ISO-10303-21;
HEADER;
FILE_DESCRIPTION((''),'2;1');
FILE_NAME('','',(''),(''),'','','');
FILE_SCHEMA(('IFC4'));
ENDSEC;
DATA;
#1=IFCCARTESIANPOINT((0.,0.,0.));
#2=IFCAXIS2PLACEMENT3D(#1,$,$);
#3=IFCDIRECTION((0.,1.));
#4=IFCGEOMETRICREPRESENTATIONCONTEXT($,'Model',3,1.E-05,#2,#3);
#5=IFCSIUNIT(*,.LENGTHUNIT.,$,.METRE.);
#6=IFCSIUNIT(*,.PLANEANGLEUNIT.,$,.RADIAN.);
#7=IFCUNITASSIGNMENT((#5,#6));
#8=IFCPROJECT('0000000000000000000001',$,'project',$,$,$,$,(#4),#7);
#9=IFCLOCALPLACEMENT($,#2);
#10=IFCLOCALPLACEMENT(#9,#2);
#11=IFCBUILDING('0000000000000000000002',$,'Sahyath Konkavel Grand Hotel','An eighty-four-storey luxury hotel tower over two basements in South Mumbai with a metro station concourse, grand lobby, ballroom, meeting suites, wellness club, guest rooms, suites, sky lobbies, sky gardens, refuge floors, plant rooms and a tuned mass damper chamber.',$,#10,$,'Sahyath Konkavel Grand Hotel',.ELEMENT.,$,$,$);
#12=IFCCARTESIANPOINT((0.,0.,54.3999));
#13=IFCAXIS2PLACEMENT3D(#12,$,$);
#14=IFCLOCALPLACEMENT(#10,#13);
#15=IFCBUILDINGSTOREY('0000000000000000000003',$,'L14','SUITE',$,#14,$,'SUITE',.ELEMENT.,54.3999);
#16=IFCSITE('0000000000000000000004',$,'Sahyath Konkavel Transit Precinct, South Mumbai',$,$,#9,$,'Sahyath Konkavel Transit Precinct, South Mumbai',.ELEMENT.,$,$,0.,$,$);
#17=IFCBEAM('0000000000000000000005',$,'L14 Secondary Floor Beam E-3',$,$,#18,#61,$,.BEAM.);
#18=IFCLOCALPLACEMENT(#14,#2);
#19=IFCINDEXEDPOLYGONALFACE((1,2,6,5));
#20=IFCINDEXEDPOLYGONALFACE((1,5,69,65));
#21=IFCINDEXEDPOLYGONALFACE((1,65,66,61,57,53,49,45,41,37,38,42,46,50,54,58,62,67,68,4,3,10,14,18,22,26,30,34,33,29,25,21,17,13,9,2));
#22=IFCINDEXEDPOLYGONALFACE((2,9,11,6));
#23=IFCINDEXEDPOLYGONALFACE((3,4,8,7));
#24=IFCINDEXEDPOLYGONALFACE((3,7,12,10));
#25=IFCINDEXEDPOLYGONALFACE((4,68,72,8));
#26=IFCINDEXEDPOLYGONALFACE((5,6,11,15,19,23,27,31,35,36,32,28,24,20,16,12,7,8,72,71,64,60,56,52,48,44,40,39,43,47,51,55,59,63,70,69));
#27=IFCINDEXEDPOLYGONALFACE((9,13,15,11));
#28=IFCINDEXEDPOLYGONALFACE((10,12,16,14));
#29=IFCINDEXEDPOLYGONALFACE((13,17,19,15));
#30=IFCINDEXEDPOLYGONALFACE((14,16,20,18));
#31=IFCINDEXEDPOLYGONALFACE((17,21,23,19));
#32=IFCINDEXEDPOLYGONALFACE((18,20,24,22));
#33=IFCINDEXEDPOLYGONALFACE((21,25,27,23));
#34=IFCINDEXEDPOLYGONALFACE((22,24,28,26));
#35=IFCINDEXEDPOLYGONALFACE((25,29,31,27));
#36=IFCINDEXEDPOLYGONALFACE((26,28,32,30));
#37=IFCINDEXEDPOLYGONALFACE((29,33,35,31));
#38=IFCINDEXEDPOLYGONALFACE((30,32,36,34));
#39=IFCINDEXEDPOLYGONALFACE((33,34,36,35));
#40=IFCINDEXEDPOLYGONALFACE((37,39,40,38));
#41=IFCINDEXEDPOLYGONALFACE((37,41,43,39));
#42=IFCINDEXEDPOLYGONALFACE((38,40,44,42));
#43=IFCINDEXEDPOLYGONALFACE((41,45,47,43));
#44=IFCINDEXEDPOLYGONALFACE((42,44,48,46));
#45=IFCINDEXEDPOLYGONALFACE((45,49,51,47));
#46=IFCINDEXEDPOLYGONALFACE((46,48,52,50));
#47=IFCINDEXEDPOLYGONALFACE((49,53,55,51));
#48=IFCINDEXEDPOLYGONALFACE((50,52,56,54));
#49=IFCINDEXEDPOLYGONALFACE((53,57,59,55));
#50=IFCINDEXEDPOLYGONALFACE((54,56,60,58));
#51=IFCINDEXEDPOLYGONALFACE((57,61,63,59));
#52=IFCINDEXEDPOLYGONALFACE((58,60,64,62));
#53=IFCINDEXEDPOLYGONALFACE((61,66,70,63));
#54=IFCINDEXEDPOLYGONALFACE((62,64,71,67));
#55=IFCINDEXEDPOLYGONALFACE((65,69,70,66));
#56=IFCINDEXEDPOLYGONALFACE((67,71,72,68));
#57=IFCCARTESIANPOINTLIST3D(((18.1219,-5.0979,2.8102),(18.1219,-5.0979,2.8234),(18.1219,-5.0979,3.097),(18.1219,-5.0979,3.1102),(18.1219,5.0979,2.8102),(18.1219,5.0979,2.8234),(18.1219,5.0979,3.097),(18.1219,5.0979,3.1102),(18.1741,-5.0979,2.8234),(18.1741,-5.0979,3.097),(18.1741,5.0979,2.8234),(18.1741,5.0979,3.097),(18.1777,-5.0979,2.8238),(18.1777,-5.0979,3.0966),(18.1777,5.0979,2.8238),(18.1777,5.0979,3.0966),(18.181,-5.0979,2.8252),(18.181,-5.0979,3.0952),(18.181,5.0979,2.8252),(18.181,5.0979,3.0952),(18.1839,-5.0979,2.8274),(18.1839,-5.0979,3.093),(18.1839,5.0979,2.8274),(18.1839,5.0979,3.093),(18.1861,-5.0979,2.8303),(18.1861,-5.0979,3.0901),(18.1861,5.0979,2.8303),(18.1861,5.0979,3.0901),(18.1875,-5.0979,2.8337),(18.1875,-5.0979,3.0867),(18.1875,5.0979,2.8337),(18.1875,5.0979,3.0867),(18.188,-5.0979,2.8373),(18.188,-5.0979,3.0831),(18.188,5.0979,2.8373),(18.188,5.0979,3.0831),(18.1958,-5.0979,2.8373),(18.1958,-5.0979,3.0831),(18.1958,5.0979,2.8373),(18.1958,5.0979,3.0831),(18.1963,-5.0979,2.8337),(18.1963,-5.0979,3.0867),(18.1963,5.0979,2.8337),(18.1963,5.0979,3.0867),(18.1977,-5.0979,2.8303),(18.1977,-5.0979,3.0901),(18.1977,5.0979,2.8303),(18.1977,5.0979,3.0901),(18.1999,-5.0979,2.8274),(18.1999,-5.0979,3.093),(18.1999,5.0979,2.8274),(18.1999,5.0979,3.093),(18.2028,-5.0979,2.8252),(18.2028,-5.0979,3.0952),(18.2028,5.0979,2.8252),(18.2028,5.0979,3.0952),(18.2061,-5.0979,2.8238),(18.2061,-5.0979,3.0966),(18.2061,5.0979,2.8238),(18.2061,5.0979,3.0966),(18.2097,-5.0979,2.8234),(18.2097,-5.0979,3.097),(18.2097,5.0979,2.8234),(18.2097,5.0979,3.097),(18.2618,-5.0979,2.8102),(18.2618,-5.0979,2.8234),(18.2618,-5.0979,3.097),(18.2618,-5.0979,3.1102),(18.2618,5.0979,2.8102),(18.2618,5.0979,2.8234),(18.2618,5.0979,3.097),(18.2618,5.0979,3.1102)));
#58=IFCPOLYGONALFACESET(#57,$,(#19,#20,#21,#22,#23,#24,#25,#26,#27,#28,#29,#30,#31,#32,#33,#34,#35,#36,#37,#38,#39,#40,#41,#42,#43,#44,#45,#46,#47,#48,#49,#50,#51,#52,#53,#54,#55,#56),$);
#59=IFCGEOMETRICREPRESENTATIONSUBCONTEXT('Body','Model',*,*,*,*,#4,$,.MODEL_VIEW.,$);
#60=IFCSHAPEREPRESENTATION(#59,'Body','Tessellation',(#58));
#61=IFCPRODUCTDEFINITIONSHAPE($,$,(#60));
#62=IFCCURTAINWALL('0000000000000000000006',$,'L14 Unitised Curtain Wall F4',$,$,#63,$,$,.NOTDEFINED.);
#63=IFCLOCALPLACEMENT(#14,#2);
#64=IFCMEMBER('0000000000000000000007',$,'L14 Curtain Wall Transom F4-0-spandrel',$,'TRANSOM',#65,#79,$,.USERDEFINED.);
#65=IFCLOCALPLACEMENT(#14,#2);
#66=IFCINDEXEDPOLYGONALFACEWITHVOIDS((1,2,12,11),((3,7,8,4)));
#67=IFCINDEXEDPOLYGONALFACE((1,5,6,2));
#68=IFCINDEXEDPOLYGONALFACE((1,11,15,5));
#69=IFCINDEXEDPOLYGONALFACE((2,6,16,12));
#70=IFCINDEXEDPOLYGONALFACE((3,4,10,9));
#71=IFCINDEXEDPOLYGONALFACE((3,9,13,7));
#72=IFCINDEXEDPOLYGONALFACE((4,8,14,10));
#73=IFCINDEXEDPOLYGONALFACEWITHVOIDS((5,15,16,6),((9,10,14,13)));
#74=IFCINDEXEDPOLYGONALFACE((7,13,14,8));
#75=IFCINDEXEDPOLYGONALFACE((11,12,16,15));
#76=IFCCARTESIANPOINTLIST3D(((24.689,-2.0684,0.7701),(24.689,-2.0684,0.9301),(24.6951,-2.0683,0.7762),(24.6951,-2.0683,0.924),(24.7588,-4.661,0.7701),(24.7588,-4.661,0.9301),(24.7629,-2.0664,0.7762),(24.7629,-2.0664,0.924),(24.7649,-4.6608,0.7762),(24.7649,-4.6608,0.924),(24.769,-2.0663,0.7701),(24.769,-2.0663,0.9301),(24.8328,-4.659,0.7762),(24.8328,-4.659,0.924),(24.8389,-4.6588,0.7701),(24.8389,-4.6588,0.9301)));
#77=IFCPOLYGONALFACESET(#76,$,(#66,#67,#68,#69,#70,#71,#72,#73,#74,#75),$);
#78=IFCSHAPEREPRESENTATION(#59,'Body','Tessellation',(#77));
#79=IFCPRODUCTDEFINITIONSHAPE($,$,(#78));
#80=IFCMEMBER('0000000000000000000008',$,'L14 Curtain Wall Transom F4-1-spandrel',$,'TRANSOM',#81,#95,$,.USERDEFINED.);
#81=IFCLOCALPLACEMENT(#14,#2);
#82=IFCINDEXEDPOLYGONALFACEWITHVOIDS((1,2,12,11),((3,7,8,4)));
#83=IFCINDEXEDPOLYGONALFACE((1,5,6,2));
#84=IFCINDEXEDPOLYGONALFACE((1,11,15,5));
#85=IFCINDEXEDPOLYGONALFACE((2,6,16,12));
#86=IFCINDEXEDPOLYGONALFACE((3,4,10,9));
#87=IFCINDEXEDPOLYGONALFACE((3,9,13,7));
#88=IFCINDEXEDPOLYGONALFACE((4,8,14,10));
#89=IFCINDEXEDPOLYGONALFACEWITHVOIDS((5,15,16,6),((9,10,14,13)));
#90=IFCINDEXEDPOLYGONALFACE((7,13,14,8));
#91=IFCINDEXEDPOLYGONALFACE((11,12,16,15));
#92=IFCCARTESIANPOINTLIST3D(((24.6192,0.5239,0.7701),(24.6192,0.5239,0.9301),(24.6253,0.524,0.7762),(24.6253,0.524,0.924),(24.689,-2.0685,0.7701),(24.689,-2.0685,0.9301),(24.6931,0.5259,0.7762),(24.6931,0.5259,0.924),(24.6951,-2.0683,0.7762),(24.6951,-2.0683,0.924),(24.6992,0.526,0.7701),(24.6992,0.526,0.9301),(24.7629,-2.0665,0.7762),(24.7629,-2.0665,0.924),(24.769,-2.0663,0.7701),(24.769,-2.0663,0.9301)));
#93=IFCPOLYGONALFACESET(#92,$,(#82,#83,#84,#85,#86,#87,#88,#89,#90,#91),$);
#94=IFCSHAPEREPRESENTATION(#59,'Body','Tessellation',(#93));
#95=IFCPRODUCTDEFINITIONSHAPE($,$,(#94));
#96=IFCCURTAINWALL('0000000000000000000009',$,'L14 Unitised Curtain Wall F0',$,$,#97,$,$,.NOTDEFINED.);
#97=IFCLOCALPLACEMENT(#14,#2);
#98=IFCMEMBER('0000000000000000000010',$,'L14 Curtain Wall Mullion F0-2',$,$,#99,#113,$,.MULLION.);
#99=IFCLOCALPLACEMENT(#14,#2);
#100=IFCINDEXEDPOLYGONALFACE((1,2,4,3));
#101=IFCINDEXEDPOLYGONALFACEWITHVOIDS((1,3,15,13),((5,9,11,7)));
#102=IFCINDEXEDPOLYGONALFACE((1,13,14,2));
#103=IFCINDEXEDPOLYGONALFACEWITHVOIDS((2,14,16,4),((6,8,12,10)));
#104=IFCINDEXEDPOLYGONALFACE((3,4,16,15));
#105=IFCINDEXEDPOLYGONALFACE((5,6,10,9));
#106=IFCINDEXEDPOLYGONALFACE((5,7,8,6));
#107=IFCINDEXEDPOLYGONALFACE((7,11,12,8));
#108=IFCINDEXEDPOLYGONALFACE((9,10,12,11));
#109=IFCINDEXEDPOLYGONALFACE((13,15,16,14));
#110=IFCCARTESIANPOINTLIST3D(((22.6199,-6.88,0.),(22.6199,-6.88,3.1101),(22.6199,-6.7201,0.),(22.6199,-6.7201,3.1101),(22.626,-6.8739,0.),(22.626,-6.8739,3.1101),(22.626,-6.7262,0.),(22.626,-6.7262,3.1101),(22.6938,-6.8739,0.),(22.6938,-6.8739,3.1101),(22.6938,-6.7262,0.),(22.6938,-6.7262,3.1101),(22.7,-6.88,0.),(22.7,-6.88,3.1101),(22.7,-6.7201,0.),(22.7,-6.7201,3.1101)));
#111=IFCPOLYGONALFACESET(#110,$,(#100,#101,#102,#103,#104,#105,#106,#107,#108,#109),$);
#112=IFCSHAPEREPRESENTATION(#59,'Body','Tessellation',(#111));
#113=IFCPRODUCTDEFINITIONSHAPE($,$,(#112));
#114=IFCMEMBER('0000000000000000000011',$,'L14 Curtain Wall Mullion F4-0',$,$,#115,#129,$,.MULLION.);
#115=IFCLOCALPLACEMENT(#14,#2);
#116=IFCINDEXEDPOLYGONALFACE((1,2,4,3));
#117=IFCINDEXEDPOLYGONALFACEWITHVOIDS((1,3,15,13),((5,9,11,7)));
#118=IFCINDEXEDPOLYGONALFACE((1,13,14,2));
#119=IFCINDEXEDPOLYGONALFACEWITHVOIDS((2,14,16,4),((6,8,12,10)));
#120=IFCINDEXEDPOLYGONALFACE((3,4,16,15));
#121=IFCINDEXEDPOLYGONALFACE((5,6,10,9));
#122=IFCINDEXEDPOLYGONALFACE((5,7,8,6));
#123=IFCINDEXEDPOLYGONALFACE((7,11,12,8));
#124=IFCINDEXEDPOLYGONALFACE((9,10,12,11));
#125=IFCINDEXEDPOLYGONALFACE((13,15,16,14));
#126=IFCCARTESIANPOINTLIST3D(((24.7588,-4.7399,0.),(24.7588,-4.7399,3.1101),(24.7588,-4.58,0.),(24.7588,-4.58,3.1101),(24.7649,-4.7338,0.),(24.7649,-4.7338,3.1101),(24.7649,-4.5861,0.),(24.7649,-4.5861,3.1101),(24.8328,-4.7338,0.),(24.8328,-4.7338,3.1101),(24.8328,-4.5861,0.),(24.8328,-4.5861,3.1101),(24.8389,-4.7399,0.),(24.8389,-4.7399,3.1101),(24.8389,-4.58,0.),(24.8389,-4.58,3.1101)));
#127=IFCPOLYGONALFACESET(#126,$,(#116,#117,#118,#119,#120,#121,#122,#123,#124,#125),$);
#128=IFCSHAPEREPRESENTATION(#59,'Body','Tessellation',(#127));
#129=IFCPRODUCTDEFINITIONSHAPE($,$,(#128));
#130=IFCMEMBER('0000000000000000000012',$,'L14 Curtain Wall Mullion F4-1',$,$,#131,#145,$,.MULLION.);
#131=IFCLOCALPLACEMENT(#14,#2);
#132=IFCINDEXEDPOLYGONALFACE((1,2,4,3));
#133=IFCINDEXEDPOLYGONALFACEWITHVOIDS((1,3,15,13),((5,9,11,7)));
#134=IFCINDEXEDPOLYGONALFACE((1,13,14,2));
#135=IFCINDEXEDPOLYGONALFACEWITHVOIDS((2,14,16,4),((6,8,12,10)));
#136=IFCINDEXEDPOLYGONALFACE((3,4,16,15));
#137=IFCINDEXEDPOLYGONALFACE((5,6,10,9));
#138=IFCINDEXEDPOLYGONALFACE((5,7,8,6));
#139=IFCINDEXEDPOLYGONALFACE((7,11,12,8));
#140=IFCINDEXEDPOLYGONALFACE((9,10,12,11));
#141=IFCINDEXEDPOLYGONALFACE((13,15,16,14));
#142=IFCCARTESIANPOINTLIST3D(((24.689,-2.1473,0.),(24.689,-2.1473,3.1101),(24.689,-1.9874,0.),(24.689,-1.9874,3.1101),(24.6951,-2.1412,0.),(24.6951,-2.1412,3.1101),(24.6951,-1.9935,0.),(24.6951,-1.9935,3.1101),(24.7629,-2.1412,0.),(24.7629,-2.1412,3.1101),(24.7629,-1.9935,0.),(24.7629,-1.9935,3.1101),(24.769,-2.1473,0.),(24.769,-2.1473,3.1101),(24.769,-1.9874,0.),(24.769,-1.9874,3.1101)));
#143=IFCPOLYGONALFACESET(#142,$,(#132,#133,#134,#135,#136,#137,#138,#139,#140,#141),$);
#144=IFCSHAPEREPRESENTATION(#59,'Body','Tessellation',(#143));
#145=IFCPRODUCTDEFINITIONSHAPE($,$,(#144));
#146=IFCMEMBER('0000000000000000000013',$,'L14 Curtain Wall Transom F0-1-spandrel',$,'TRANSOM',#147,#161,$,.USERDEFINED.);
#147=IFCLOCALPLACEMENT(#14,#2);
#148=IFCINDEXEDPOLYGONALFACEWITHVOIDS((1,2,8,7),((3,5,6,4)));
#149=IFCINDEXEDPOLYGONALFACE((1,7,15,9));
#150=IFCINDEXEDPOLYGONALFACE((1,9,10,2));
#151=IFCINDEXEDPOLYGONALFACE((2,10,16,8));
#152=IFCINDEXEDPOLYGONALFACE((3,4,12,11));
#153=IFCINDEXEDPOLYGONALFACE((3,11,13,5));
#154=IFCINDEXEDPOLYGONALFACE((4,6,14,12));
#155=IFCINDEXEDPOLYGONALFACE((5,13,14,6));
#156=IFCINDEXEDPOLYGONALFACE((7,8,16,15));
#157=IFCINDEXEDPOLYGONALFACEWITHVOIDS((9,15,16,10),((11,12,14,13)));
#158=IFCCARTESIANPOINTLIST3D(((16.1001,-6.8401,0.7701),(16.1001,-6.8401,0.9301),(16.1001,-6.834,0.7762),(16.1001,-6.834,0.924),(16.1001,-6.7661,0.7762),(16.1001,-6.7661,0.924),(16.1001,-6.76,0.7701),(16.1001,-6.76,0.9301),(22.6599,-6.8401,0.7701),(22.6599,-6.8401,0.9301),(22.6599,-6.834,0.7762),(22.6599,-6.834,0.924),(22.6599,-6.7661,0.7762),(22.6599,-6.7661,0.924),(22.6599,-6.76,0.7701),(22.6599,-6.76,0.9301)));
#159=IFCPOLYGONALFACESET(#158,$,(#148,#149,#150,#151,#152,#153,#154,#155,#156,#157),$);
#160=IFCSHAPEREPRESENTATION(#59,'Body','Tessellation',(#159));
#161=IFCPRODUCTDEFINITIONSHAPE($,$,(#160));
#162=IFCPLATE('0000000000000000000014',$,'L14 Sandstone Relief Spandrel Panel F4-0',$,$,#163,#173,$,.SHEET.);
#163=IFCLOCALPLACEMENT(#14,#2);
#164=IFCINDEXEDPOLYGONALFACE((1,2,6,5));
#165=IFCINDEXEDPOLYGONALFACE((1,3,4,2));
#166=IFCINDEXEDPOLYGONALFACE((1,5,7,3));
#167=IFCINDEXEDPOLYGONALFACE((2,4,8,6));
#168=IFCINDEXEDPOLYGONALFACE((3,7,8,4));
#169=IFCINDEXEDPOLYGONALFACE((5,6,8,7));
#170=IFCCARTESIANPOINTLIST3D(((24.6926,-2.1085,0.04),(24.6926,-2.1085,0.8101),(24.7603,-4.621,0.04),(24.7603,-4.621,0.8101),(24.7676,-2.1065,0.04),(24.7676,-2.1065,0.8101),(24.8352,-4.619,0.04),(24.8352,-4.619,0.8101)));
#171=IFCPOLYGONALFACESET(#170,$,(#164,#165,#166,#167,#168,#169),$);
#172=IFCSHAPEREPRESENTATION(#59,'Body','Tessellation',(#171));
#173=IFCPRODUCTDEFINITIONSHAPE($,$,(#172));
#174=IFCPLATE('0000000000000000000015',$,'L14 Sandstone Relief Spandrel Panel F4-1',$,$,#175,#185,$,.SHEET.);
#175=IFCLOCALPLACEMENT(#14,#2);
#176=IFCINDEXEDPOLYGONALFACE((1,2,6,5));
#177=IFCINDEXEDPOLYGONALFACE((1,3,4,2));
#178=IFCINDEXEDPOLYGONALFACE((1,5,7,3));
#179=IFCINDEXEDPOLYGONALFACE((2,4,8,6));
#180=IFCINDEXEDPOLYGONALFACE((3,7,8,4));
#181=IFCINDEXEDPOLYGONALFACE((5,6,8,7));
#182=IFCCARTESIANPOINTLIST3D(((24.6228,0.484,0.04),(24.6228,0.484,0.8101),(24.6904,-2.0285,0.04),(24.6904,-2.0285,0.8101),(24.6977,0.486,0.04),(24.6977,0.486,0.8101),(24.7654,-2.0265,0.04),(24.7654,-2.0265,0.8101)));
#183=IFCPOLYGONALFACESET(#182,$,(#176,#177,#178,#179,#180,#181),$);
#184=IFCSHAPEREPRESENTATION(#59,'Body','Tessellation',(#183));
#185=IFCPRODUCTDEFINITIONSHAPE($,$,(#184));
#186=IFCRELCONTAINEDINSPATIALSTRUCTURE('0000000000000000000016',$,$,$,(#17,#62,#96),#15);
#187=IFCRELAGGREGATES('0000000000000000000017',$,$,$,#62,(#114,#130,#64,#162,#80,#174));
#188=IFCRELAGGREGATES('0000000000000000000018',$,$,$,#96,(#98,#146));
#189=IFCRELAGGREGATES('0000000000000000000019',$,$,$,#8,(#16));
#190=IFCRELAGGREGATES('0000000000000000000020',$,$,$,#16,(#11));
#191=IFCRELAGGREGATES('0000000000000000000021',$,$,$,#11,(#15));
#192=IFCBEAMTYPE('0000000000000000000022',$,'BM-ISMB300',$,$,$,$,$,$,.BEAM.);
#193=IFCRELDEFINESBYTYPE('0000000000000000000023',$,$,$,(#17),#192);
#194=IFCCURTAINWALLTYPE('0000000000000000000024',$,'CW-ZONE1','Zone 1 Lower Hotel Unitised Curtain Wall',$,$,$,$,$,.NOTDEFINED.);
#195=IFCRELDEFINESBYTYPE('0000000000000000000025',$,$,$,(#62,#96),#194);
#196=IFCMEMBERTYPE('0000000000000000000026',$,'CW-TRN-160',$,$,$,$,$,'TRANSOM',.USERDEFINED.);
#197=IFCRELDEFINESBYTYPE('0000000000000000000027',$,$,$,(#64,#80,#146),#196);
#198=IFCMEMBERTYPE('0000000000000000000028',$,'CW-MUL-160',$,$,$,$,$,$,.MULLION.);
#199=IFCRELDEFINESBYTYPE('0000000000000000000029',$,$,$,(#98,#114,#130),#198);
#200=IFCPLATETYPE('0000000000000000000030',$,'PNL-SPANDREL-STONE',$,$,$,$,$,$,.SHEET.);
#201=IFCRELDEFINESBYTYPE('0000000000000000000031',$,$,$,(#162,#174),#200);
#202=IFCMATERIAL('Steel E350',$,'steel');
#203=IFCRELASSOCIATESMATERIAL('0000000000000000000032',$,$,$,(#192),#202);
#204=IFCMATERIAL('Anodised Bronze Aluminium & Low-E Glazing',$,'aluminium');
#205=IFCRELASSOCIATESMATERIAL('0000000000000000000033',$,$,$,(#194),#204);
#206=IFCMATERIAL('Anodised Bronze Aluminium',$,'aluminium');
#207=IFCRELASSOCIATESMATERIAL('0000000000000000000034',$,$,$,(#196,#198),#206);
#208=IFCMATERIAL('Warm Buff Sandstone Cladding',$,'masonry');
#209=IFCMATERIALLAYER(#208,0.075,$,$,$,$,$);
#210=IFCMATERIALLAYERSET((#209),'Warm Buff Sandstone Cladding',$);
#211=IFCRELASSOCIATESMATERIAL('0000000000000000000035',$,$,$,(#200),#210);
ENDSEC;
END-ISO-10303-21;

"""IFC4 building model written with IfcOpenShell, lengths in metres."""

from ifc_helpers import new_model, si_unit, direction, frame, origin, origin_2d, place, context, subcontext, project, spatial, rectangle, hollow_rectangle, i_section, extrude, source, transform, mapped, material, layer, layer_set, material_profile, profile_set, type_object, element, aggregate, save


model = new_model("IFC4")

# Units and contexts
model_context = context("Model", 3, precision=1e-05, world=origin(), true_north=direction((0.0, 1.0)))
body_context = subcontext(model_context, "Body", "Model", "MODEL_VIEW")
ifc_project = project(units=[si_unit("LENGTHUNIT", "METRE"), si_unit("PLANEANGLEUNIT", "RADIAN")], contexts=[model_context])

# Site, building, storey
site_placement = place(None, origin())
site = spatial("IfcSite", under=ifc_project, at=site_placement, Name="Sahyath Konkavel Transit Precinct, South Mumbai", LongName="Sahyath Konkavel Transit Precinct, South Mumbai", CompositionType="ELEMENT", RefElevation=0.0)
building_placement = place(site_placement, origin())
building = spatial("IfcBuilding", under=site, at=building_placement, Name="Sahyath Konkavel Grand Hotel", Description="An eighty-four-storey luxury hotel tower over two basements in South Mumbai with a metro station concourse, grand lobby, ballroom, meeting suites, wellness club, guest rooms, suites, sky lobbies, sky gardens, refuge floors, plant rooms and a tuned mass damper chamber.", LongName="Sahyath Konkavel Grand Hotel", CompositionType="ELEMENT")
storey_placement = place(building_placement, frame((0.0, 0.0, 54.3999)))
storey = spatial("IfcBuildingStorey", under=building, at=storey_placement, Name="L14", Description="SUITE", LongName="SUITE", CompositionType="ELEMENT", Elevation=54.3999)

# Beam
ifc_material_1 = material(Name="Steel E350", Category="steel")
ifc_material_profile_1 = material_profile(ifc_material_1, i_section(OverallWidth=0.1399, OverallDepth=0.3, WebThickness=0.0078, FlangeThickness=0.0132, FilletRadius=0.0139, at=origin_2d()), Name="ISMB 300")
ifc_profile_set_1 = profile_set([ifc_material_profile_1], Name="Steel E350")
beam_type_1 = type_object("IfcBeamType", Name="BM-ISMB300", PredefinedType="BEAM", material=ifc_profile_set_1)
shared_shape_1 = source(origin(), body_context, "Body", "SweptSolid", [
    extrude(i_section(OverallWidth=0.1399, OverallDepth=0.3, WebThickness=0.0078, FlangeThickness=0.0132, FilletRadius=0.0139, at=origin_2d()), origin(), (0.0, 0.0, 1.0), 10.1958),
])
beam_1_placement = place(storey_placement, frame((18.1919, -5.0979, 2.9602), z_axis=(0.0, 1.0, 0.0), x_axis=(-1.0, 0.0, 0.0)))
element("IfcBeam", 1, at=beam_1_placement, inside=storey, type_object=beam_type_1, Name="L14 Secondary Floor Beam E-3", PredefinedType="BEAM", context=body_context, shape_type="MappedRepresentation", body=[
    mapped(shared_shape_1, transform((0.0, 0.0, 0.0), scale=1.0)),
])

# Curtain wall, members
ifc_material_2 = material(Name="Anodised Bronze Aluminium & Low-E Glazing", Category="aluminium")
curtain_wall_type = type_object("IfcCurtainWallType", Name="CW-ZONE1", Description="Zone 1 Lower Hotel Unitised Curtain Wall", PredefinedType="NOTDEFINED", material=ifc_material_2)
curtain_wall_1_placement = place(storey_placement, origin())
curtain_wall_1 = element("IfcCurtainWall", 2, at=curtain_wall_1_placement, inside=storey, type_object=curtain_wall_type, Name="L14 Unitised Curtain Wall F4", PredefinedType="NOTDEFINED")
ifc_material_3 = material(Name="Anodised Bronze Aluminium", Category="aluminium")
ifc_material_profile_2 = material_profile(ifc_material_3, hollow_rectangle(XDim=0.0801, YDim=0.1599, WallThickness=0.0061, at=origin_2d()), Name="RHS 160x80x6")
ifc_profile_set_2 = profile_set([ifc_material_profile_2], Name="Anodised Bronze Aluminium")
member_type_1 = type_object("IfcMemberType", Name="CW-TRN-160", ElementType="TRANSOM", PredefinedType="USERDEFINED", material=ifc_profile_set_2)
shared_shape_2 = source(origin(), body_context, "Body", "SweptSolid", [
    extrude(hollow_rectangle(XDim=0.0801, YDim=0.1599, WallThickness=0.0061, at=origin_2d()), origin(), (0.0, 0.0, 1.0), 2.5935),
])
member_1_placement = place(storey_placement, frame((24.7988, -4.6599, 0.8501), z_axis=(-0.026923, 0.999638, 0.0), x_axis=(-0.999638, -0.026923, 0.0)))
member_1 = element("IfcMember", 3, at=member_1_placement, type_object=member_type_1, Name="L14 Curtain Wall Transom F4-0-spandrel", ObjectType="TRANSOM", PredefinedType="USERDEFINED", context=body_context, shape_type="MappedRepresentation", body=[
    mapped(shared_shape_2, transform((0.0, 0.0, 0.0), scale=1.0)),
])
shared_shape_3 = source(origin(), body_context, "Body", "SweptSolid", [
    extrude(hollow_rectangle(XDim=0.0801, YDim=0.1599, WallThickness=0.0061, at=origin_2d()), origin(), (0.0, 0.0, 1.0), 2.5933),
])
member_2_placement = place(storey_placement, frame((24.729, -2.0674, 0.8501), z_axis=(-0.026926, 0.999637, 0.0), x_axis=(-0.999637, -0.026926, 0.0)))
member_2 = element("IfcMember", 4, at=member_2_placement, type_object=member_type_1, Name="L14 Curtain Wall Transom F4-1-spandrel", ObjectType="TRANSOM", PredefinedType="USERDEFINED", context=body_context, shape_type="MappedRepresentation", body=[
    mapped(shared_shape_3, transform((0.0, 0.0, 0.0), scale=1.0)),
])

# Curtain wall, member
curtain_wall_2_placement = place(storey_placement, origin())
curtain_wall_2 = element("IfcCurtainWall", 5, at=curtain_wall_2_placement, inside=storey, type_object=curtain_wall_type, Name="L14 Unitised Curtain Wall F0", PredefinedType="NOTDEFINED")
ifc_material_profile_3 = material_profile(ifc_material_3, hollow_rectangle(XDim=0.0801, YDim=0.1599, WallThickness=0.0061, at=origin_2d()), Name="RHS 160x80x6")
ifc_profile_set_3 = profile_set([ifc_material_profile_3], Name="Anodised Bronze Aluminium")
member_type_2 = type_object("IfcMemberType", Name="CW-MUL-160", PredefinedType="MULLION", material=ifc_profile_set_3)
shared_shape_4 = source(origin(), body_context, "Body", "SweptSolid", [
    extrude(hollow_rectangle(XDim=0.0801, YDim=0.1599, WallThickness=0.0061, at=origin_2d()), origin(), (0.0, 0.0, 1.0), 3.1101),
])
member_3_placement = place(storey_placement, frame((22.6599, -6.8, 0.0), z_axis=(0.0, 0.0, 1.0), x_axis=(1.0, 0.0, 0.0)))
member_3 = element("IfcMember", 6, at=member_3_placement, type_object=member_type_2, Name="L14 Curtain Wall Mullion F0-2", PredefinedType="MULLION", context=body_context, shape_type="MappedRepresentation", body=[
    mapped(shared_shape_4, transform((0.0, 0.0, 0.0), scale=1.0)),
])

# Members
member_4_placement = place(storey_placement, frame((24.7988, -4.6599, 0.0), z_axis=(0.0, 0.0, 1.0), x_axis=(1.0, 0.0, 0.0)))
member_4 = element("IfcMember", 7, at=member_4_placement, type_object=member_type_2, Name="L14 Curtain Wall Mullion F4-0", PredefinedType="MULLION", context=body_context, shape_type="MappedRepresentation", body=[
    mapped(shared_shape_4, transform((0.0, 0.0, 0.0), scale=1.0)),
])
member_5_placement = place(storey_placement, frame((24.729, -2.0674, 0.0), z_axis=(0.0, 0.0, 1.0), x_axis=(1.0, 0.0, 0.0)))
member_5 = element("IfcMember", 8, at=member_5_placement, type_object=member_type_2, Name="L14 Curtain Wall Mullion F4-1", PredefinedType="MULLION", context=body_context, shape_type="MappedRepresentation", body=[
    mapped(shared_shape_4, transform((0.0, 0.0, 0.0), scale=1.0)),
])
shared_shape_5 = source(origin(), body_context, "Body", "SweptSolid", [
    extrude(hollow_rectangle(XDim=0.0801, YDim=0.1599, WallThickness=0.0061, at=origin_2d()), origin(), (0.0, 0.0, 1.0), 6.5598),
])
member_6_placement = place(storey_placement, frame((16.1001, -6.8, 0.8501), z_axis=(1.0, 0.0, 0.0), x_axis=(0.0, 1.0, 0.0)))
member_6 = element("IfcMember", 9, at=member_6_placement, type_object=member_type_1, Name="L14 Curtain Wall Transom F0-1-spandrel", ObjectType="TRANSOM", PredefinedType="USERDEFINED", context=body_context, shape_type="MappedRepresentation", body=[
    mapped(shared_shape_5, transform((0.0, 0.0, 0.0), scale=1.0)),
])

# Plates
ifc_material_4 = material(Name="Warm Buff Sandstone Cladding", Category="masonry")
ifc_layer_1 = layer(ifc_material_4, 0.075)
ifc_layer_set_1 = layer_set([ifc_layer_1], Name="Warm Buff Sandstone Cladding")
plate_type_1 = type_object("IfcPlateType", Name="PNL-SPANDREL-STONE", PredefinedType="SHEET", material=ifc_layer_set_1)
shared_shape_6 = source(origin(), body_context, "Body", "SweptSolid", [
    extrude(rectangle(XDim=2.5134, YDim=0.075, at=origin_2d()), origin(), (0.0, 0.0, 1.0), 0.77),
])
plate_1_placement = place(storey_placement, frame((24.7639, -3.3638, 0.04), z_axis=(0.0, 0.0, 1.0), x_axis=(-0.02691, 0.999638, 0.0)))
plate_1 = element("IfcPlate", 10, at=plate_1_placement, type_object=plate_type_1, Name="L14 Sandstone Relief Spandrel Panel F4-0", PredefinedType="SHEET", context=body_context, shape_type="MappedRepresentation", body=[
    mapped(shared_shape_6, transform((0.0, 0.0, 0.0), scale=1.0)),
])
plate_2_placement = place(storey_placement, frame((24.6941, -0.7712, 0.04), z_axis=(0.0, 0.0, 1.0), x_axis=(-0.02691, 0.999638, 0.0)))
plate_2 = element("IfcPlate", 11, at=plate_2_placement, type_object=plate_type_1, Name="L14 Sandstone Relief Spandrel Panel F4-1", PredefinedType="SHEET", context=body_context, shape_type="MappedRepresentation", body=[
    mapped(shared_shape_6, transform((0.0, 0.0, 0.0), scale=1.0)),
])
aggregate(curtain_wall_1, [member_4, member_5, member_1, plate_1, member_2, plate_2])
aggregate(curtain_wall_2, [member_3, member_6])

save(model, "model.ifc")
